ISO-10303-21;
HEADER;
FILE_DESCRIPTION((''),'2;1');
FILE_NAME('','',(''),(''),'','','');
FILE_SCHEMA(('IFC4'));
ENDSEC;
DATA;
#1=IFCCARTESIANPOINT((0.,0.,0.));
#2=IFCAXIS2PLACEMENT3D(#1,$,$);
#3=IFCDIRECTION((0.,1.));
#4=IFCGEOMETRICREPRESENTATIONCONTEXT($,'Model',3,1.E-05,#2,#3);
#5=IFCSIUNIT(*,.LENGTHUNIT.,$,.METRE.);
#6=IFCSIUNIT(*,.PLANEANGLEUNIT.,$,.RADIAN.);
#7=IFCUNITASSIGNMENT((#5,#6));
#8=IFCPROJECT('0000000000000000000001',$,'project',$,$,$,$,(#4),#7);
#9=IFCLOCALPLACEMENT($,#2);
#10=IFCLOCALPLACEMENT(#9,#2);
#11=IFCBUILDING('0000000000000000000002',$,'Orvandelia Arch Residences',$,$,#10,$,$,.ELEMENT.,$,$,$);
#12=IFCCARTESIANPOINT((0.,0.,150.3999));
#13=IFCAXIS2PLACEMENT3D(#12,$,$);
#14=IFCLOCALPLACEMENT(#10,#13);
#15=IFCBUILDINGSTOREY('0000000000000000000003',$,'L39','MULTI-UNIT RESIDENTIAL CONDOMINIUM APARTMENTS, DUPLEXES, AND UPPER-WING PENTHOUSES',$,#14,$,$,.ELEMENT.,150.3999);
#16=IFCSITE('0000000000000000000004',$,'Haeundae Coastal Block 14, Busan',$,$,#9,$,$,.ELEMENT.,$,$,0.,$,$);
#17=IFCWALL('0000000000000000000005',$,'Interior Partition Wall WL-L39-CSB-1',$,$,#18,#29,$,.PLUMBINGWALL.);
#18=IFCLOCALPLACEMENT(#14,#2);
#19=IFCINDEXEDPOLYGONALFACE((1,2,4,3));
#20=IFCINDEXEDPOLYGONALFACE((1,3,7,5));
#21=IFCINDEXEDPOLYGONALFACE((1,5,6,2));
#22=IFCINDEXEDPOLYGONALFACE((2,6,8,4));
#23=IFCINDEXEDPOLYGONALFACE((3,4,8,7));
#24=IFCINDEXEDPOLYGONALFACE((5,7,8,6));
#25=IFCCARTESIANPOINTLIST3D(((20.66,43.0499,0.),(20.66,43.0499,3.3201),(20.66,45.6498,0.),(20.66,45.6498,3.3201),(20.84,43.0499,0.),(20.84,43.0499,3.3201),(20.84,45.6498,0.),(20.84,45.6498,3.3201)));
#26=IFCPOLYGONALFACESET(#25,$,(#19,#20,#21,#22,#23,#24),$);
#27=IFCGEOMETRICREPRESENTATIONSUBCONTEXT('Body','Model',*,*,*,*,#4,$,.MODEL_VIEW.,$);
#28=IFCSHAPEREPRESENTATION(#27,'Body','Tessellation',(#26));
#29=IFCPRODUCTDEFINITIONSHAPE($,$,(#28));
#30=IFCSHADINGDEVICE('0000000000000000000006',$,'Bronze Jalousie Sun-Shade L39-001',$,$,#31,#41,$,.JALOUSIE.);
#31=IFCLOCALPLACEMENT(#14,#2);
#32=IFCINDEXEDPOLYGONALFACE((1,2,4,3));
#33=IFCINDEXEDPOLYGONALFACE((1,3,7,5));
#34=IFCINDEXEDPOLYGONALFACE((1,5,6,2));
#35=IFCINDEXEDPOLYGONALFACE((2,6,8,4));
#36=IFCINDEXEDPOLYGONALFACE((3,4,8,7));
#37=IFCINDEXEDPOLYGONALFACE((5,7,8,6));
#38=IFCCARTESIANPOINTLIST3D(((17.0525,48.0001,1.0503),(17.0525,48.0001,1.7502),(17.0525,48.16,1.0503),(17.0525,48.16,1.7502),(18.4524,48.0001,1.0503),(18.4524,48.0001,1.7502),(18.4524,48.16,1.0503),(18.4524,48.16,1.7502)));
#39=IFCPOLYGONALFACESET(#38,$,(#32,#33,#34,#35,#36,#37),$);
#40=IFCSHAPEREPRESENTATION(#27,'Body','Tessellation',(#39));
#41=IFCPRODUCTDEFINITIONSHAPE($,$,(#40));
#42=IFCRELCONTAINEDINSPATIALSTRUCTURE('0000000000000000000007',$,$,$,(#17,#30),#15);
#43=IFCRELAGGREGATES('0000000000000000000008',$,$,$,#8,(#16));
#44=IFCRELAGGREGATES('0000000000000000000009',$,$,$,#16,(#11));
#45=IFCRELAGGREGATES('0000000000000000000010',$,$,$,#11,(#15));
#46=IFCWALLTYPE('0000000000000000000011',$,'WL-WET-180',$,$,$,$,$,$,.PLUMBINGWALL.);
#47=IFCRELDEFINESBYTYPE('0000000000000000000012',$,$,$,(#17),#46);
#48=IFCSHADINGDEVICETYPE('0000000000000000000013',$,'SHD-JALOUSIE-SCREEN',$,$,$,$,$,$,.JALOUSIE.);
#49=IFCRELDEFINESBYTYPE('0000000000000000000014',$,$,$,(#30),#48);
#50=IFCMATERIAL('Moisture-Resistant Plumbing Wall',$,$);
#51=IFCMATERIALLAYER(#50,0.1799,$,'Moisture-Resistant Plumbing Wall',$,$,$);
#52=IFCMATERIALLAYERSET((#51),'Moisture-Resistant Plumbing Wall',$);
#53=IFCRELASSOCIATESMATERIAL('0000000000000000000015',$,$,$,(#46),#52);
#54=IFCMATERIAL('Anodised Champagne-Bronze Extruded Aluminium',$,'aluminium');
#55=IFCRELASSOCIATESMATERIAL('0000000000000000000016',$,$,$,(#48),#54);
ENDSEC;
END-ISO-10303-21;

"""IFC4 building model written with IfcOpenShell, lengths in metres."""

from ifc_helpers import new_model, si_unit, direction, frame, frame_2d, origin, origin_2d, place, context, subcontext, project, spatial, rectangle, extrude, material, layer, layer_set, type_object, element, save


model = new_model("IFC4")

# Units and contexts
model_context = context("Model", 3, precision=1e-05, world=origin(), true_north=direction((0.0, 1.0)))
body_context = subcontext(model_context, "Body", "Model", "MODEL_VIEW")
ifc_project = project(units=[si_unit("LENGTHUNIT", "METRE"), si_unit("PLANEANGLEUNIT", "RADIAN")], contexts=[model_context])

# Site, building, storey
site_placement = place(None, origin())
site = spatial("IfcSite", under=ifc_project, at=site_placement, Name="Haeundae Coastal Block 14, Busan", CompositionType="ELEMENT", RefElevation=0.0)
building_placement = place(site_placement, origin())
building = spatial("IfcBuilding", under=site, at=building_placement, Name="Orvandelia Arch Residences", CompositionType="ELEMENT")
storey_placement = place(building_placement, frame((0.0, 0.0, 150.3999)))
storey = spatial("IfcBuildingStorey", under=building, at=storey_placement, Name="L39", Description="MULTI-UNIT RESIDENTIAL CONDOMINIUM APARTMENTS, DUPLEXES, AND UPPER-WING PENTHOUSES", CompositionType="ELEMENT", Elevation=150.3999)

# Wall
ifc_material_1 = material(Name="Moisture-Resistant Plumbing Wall")
ifc_layer_1 = layer(ifc_material_1, 0.1799, Name="Moisture-Resistant Plumbing Wall")
ifc_layer_set_1 = layer_set([ifc_layer_1], Name="Moisture-Resistant Plumbing Wall")
wall_type_1 = type_object("IfcWallType", Name="WL-WET-180", PredefinedType="PLUMBINGWALL", material=ifc_layer_set_1)
wall_1_placement = place(storey_placement, frame((20.75, 43.05, 0.0), z_axis=(0.0, 0.0, 1.0), x_axis=(0.0, 1.0, 0.0)))
element("IfcWall", 1, at=wall_1_placement, inside=storey, type_object=wall_type_1, Name="Interior Partition Wall WL-L39-CSB-1", PredefinedType="PLUMBINGWALL", context=body_context, shape_type="SweptSolid", body=[
    extrude(rectangle(XDim=2.5999, YDim=0.1799, at=frame_2d((1.2998, 0.0))), origin(), (0.0, 0.0, 1.0), 3.3201),
])

# Shading device
ifc_material_2 = material(Name="Anodised Champagne-Bronze Extruded Aluminium", Category="aluminium")
shading_device_type = type_object("IfcShadingDeviceType", Name="SHD-JALOUSIE-SCREEN", PredefinedType="JALOUSIE", material=ifc_material_2)
shading_device_placement = place(storey_placement, frame((17.7524, 48.0801, 1.0503), z_axis=(0.0, 0.0, 1.0), x_axis=(1.0, 0.0, 0.0)))
element("IfcShadingDevice", 2, at=shading_device_placement, inside=storey, type_object=shading_device_type, Name="Bronze Jalousie Sun-Shade L39-001", PredefinedType="JALOUSIE", context=body_context, shape_type="SweptSolid", body=[
    extrude(rectangle(XDim=1.3999, YDim=0.1599, at=origin_2d()), origin(), (0.0, 0.0, 1.0), 0.7),
])

save(model, "model.ifc")
